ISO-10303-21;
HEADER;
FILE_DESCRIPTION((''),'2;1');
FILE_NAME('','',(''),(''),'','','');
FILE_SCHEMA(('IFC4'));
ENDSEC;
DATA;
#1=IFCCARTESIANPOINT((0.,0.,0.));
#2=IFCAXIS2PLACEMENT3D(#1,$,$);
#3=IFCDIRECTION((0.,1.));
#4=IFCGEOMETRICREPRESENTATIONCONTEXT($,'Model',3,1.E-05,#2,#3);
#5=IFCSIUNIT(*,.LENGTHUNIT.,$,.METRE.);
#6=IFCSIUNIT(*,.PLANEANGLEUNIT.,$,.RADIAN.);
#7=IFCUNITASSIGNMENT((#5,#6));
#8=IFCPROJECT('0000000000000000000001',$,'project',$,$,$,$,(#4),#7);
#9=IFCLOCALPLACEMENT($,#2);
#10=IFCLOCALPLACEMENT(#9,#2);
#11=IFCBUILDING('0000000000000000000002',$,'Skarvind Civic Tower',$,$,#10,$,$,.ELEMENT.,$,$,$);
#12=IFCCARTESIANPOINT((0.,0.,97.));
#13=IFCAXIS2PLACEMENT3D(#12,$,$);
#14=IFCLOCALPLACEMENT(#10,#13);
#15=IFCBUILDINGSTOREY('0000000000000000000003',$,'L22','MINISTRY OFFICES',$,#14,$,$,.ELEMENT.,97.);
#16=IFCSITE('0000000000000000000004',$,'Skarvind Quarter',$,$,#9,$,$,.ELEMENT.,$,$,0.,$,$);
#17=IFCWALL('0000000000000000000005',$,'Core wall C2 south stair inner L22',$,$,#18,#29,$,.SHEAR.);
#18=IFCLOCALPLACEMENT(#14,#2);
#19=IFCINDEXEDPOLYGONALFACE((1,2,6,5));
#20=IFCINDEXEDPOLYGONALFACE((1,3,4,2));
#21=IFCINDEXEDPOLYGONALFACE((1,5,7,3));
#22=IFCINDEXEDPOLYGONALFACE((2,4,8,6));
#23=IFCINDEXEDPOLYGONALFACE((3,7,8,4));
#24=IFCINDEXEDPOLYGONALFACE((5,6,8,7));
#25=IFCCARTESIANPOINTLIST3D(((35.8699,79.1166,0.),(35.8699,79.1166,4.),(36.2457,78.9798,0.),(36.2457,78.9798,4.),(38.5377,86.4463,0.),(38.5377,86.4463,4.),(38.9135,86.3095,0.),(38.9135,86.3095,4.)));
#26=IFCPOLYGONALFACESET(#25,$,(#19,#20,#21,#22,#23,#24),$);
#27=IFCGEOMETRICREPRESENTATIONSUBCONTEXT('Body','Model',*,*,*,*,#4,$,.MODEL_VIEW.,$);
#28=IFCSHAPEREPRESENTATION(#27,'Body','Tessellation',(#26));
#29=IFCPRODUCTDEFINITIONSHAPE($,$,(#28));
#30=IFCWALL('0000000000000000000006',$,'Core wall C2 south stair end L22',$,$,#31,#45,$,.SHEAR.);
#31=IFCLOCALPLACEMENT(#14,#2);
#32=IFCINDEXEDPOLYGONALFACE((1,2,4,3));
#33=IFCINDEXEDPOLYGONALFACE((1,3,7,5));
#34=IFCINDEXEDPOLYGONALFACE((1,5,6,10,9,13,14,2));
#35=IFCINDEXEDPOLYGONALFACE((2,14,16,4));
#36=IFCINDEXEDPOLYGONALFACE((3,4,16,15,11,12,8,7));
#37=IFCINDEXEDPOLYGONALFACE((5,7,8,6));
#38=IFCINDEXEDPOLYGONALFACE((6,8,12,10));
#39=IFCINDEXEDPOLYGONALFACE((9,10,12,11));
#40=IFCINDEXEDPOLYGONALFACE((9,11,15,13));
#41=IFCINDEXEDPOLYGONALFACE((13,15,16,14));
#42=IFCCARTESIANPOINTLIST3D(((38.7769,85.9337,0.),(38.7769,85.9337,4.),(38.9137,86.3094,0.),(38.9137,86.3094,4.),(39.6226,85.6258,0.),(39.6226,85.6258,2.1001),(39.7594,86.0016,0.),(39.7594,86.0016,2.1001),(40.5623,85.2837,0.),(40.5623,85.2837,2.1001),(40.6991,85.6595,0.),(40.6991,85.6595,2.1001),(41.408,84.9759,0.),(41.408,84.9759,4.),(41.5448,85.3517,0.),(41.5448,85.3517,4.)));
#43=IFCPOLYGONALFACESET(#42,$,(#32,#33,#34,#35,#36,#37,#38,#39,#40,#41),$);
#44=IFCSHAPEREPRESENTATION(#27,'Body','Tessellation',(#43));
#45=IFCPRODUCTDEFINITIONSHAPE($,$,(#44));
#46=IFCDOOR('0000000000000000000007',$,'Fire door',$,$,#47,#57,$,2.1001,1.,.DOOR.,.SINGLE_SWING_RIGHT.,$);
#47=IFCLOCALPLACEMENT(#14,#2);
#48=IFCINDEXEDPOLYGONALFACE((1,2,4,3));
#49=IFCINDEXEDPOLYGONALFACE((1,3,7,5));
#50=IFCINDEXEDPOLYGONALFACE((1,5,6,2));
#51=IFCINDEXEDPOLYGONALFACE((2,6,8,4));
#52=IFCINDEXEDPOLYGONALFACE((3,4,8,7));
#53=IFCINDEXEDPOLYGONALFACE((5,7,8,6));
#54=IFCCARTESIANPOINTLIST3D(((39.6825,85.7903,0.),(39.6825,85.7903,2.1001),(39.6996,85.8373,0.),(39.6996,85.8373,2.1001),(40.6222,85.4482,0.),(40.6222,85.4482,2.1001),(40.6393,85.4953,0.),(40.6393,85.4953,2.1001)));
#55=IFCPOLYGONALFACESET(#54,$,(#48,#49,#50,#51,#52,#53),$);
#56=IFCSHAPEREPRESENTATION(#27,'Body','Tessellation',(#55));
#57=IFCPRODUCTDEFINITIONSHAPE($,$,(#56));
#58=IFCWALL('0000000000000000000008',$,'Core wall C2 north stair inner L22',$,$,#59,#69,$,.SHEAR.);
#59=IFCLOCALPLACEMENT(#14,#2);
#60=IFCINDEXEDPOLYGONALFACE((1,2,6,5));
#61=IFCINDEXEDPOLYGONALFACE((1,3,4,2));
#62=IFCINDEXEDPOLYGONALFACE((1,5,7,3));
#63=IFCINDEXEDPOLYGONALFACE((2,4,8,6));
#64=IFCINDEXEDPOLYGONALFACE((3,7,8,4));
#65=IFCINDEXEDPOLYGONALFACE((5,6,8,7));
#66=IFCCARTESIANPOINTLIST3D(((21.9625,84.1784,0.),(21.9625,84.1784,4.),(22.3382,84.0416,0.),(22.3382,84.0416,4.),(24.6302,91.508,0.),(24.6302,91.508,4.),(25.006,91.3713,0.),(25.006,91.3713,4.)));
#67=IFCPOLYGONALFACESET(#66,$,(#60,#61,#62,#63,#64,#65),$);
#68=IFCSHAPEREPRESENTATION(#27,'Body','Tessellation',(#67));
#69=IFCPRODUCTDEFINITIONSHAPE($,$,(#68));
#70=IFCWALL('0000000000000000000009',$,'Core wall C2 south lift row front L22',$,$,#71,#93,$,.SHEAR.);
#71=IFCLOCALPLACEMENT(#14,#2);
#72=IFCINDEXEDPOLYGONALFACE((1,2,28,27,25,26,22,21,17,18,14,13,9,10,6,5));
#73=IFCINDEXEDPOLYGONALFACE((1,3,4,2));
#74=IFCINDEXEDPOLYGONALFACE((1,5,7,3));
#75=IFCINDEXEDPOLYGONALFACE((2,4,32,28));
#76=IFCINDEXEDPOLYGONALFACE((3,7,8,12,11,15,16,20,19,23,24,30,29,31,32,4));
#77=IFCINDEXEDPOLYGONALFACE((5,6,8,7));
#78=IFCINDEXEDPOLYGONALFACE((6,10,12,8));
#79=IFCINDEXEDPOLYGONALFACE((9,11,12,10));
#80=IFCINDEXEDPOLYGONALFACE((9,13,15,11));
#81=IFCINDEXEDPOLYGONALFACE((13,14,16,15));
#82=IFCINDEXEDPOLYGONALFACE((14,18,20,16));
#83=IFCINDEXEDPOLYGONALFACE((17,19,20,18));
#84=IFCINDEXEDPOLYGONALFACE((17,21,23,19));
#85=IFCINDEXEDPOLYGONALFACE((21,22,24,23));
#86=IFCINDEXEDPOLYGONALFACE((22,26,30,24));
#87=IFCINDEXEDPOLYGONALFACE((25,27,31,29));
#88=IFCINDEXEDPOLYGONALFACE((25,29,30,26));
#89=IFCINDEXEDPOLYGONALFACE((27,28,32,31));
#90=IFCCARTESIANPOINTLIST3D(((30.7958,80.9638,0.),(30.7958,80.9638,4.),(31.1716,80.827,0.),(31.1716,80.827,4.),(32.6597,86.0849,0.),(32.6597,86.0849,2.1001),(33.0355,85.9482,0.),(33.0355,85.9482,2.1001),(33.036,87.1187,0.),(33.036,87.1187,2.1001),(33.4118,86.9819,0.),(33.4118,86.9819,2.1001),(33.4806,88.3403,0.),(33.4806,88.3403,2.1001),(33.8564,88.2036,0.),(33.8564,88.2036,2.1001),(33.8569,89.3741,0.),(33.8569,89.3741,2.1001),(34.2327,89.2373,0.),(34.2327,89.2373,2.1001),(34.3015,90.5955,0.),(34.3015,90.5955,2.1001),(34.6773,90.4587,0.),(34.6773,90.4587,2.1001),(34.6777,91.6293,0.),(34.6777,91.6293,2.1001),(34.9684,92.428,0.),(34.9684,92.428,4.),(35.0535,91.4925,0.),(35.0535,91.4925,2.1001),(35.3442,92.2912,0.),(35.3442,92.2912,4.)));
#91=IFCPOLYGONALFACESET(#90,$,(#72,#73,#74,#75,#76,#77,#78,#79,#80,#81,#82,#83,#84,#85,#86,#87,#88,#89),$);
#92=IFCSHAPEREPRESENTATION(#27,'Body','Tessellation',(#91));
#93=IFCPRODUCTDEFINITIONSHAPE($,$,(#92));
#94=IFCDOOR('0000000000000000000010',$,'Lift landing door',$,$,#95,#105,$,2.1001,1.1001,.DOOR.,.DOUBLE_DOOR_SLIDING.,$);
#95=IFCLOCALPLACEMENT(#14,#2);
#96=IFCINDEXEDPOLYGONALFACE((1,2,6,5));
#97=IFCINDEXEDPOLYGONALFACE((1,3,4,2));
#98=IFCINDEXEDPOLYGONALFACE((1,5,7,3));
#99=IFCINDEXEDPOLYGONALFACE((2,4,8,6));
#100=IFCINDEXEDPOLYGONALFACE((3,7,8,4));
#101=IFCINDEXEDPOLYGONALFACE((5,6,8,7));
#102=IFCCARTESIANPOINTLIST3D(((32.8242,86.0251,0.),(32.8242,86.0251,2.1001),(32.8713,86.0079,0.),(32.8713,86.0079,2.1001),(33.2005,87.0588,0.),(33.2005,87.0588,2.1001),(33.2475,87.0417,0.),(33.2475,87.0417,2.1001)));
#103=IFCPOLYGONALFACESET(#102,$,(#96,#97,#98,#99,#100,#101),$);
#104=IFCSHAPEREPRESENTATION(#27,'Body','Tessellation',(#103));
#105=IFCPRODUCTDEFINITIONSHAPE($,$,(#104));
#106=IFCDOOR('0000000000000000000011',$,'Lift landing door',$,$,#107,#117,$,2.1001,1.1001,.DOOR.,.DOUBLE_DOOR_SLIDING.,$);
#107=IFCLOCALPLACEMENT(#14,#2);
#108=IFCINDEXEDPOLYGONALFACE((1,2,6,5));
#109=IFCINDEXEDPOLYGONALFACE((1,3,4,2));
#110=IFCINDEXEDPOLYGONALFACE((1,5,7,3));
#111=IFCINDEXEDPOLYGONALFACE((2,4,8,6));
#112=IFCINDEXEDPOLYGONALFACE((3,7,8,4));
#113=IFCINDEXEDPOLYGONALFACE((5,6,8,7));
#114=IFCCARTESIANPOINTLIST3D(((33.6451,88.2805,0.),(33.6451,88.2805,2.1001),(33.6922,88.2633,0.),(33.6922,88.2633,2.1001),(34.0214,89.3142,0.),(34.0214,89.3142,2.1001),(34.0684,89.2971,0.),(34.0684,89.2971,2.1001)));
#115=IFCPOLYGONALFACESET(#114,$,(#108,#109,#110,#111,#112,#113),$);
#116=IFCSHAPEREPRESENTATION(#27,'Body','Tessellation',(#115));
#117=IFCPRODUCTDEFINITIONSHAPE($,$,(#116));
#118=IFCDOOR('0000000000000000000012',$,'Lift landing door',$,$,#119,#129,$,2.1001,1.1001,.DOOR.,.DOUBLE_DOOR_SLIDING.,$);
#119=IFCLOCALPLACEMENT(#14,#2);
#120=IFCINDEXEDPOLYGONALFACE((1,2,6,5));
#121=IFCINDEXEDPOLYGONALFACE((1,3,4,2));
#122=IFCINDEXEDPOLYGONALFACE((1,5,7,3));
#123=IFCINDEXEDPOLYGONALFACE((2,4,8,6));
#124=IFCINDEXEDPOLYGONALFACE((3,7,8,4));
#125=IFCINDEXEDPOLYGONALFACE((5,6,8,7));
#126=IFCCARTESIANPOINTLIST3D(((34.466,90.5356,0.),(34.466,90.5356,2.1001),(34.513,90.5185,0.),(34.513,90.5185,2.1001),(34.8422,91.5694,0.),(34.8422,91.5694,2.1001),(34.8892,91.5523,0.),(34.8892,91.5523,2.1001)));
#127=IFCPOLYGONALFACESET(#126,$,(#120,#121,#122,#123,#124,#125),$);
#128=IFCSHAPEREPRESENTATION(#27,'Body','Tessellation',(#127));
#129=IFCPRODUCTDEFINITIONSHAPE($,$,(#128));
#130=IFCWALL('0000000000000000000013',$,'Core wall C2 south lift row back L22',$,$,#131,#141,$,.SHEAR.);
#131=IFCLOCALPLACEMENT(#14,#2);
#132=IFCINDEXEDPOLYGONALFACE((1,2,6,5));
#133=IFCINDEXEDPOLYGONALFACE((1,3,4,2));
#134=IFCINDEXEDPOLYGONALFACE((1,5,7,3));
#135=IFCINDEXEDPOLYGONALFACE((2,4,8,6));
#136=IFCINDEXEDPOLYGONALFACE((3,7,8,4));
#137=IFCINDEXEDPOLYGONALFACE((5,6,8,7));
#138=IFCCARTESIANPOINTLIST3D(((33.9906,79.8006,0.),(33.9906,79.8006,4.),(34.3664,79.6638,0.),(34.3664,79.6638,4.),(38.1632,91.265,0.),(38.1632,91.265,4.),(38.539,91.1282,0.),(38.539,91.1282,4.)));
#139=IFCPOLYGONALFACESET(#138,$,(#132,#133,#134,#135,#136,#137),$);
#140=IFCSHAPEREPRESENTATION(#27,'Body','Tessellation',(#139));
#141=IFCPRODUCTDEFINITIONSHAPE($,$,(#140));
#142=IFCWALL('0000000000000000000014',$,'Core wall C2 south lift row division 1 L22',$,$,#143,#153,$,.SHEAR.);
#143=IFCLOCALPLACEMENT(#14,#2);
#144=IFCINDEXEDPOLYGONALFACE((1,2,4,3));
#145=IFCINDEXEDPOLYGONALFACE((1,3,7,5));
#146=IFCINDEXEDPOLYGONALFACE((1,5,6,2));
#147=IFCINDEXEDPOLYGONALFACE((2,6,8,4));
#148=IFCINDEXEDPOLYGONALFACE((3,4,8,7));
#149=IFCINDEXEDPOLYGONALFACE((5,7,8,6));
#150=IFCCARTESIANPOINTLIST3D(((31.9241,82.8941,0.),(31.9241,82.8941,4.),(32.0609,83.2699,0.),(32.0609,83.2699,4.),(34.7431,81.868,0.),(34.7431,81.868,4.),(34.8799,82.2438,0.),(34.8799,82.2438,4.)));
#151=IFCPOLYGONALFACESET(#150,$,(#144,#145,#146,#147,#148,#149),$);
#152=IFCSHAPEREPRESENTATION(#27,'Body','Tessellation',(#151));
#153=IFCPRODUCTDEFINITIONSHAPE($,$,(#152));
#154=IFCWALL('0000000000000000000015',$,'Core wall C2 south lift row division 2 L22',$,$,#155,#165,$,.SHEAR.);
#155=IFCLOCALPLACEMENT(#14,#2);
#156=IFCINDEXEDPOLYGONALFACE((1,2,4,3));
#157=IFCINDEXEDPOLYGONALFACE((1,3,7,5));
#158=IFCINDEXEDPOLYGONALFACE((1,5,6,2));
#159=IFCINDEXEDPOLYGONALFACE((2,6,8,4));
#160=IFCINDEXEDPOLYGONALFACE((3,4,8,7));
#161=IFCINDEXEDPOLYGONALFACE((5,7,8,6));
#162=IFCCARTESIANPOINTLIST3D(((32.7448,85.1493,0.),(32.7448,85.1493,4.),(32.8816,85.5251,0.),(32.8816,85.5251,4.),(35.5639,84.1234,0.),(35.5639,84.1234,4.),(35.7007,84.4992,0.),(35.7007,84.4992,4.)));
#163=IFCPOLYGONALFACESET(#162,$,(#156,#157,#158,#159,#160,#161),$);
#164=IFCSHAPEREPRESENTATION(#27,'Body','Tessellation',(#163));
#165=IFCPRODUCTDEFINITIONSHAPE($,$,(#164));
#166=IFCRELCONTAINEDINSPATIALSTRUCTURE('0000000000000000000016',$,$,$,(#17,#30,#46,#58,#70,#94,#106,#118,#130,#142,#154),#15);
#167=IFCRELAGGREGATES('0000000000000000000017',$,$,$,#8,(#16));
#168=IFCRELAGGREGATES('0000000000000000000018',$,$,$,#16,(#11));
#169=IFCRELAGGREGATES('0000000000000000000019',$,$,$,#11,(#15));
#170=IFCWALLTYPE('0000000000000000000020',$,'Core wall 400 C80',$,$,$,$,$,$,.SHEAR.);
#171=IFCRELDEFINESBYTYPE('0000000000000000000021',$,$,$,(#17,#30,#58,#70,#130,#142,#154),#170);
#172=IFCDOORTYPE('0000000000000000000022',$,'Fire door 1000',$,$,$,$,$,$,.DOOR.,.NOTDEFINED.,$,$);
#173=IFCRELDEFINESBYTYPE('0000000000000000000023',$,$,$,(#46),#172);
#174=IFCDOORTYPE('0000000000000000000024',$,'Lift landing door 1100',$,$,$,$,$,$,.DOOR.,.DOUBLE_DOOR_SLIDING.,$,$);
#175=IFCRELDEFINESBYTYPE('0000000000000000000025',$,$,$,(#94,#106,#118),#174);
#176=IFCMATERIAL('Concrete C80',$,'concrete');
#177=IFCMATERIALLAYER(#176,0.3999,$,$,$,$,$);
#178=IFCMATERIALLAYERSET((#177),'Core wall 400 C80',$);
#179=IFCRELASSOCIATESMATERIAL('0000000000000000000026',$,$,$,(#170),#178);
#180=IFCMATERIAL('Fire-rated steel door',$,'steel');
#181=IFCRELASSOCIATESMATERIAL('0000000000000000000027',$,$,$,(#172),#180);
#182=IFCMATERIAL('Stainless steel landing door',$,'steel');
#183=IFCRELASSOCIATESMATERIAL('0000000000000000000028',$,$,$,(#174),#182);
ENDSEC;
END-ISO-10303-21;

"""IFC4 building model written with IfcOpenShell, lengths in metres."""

from ifc_helpers import new_model, si_unit, direction, frame, frame_2d, origin, place, context, subcontext, project, spatial, rectangle, extrude, material, layer, layer_set, type_object, element, fill, save


model = new_model("IFC4")

# Units and contexts
model_context = context("Model", 3, precision=1e-05, world=origin(), true_north=direction((0.0, 1.0)))
body_context = subcontext(model_context, "Body", "Model", "MODEL_VIEW")
ifc_project = project(units=[si_unit("LENGTHUNIT", "METRE"), si_unit("PLANEANGLEUNIT", "RADIAN")], contexts=[model_context])

# Site, building, storey
site_placement = place(None, origin())
site = spatial("IfcSite", under=ifc_project, at=site_placement, Name="Skarvind Quarter", CompositionType="ELEMENT", RefElevation=0.0)
building_placement = place(site_placement, origin())
building = spatial("IfcBuilding", under=site, at=building_placement, Name="Skarvind Civic Tower", CompositionType="ELEMENT")
storey_placement = place(building_placement, frame((0.0, 0.0, 97.0)))
storey = spatial("IfcBuildingStorey", under=building, at=storey_placement, Name="L22", Description="MINISTRY OFFICES", CompositionType="ELEMENT", Elevation=97.0)

# Wall
ifc_material_1 = material(Name="Concrete C80", Category="concrete")
ifc_layer_1 = layer(ifc_material_1, 0.3999)
ifc_layer_set_1 = layer_set([ifc_layer_1], Name="Core wall 400 C80")
wall_type_1 = type_object("IfcWallType", Name="Core wall 400 C80", PredefinedType="SHEAR", material=ifc_layer_set_1)
wall_1_placement = place(storey_placement, frame((36.0579, 79.0483, 0.0), z_axis=(0.0, 0.0, 1.0), x_axis=(0.342017, 0.939694, 0.0)))
element("IfcWall", 1, at=wall_1_placement, inside=storey, type_object=wall_type_1, Name="Core wall C2 south stair inner L22", PredefinedType="SHEAR", context=body_context, shape_type="SweptSolid", body=[
    extrude(rectangle(XDim=7.8, YDim=0.3999, at=frame_2d((3.8999, 0.0))), origin(), (0.0, 0.0, 1.0), 4.0),
])

# Wall, opening, door
wall_2_placement = place(storey_placement, frame((41.4763, 85.1638, 0.0), z_axis=(0.0, 0.0, 1.0), x_axis=(-0.939679, 0.342058, 0.0)))
wall_2 = element("IfcWall", 2, at=wall_2_placement, inside=storey, type_object=wall_type_1, Name="Core wall C2 south stair end L22", PredefinedType="SHEAR", context=body_context, shape_type="SweptSolid", body=[
    extrude(rectangle(XDim=2.8, YDim=0.3999, at=frame_2d((1.3999, 0.0))), origin(), (0.0, 0.0, 1.0), 4.0),
])
opening_1_placement = place(wall_2_placement, frame((0.8999, 0.0, 0.0)))
opening_1 = element("IfcOpeningElement", 3, at=opening_1_placement, cuts=wall_2, PredefinedType="OPENING", context=body_context, shape_type="SweptSolid", body=[
    extrude(rectangle(XDim=1.0, YDim=2.1001, at=frame_2d((0.5, 1.05))), frame((0.0, 0.21, 0.0), z_axis=(0.0, -1.0, 0.0), x_axis=(1.0, 0.0, 0.0)), (0.0, 0.0, 1.0), 0.4199),
])
ifc_material_2 = material(Name="Fire-rated steel door", Category="steel")
door_type_1 = type_object("IfcDoorType", Name="Fire door 1000", OperationType="NOTDEFINED", PredefinedType="DOOR", material=ifc_material_2)
door_1_placement = place(opening_1_placement, origin())
door_1 = element("IfcDoor", 4, at=door_1_placement, inside=storey, type_object=door_type_1, Name="Fire door", OperationType="SINGLE_SWING_RIGHT", OverallHeight=2.1001, OverallWidth=1.0, PredefinedType="DOOR", context=body_context, shape_type="SweptSolid", body=[
    extrude(rectangle(XDim=1.0, YDim=2.1001, at=frame_2d((0.5, 1.05))), frame((0.0, 0.0249, 0.0), z_axis=(0.0, -1.0, 0.0), x_axis=(1.0, 0.0, 0.0)), (0.0, 0.0, 1.0), 0.05),
])
fill(opening_1, door_1)

# Wall
wall_3_placement = place(storey_placement, frame((22.1504, 84.1101, 0.0), z_axis=(0.0, 0.0, 1.0), x_axis=(0.342017, 0.939694, 0.0)))
element("IfcWall", 5, at=wall_3_placement, inside=storey, type_object=wall_type_1, Name="Core wall C2 north stair inner L22", PredefinedType="SHEAR", context=body_context, shape_type="SweptSolid", body=[
    extrude(rectangle(XDim=7.8, YDim=0.3999, at=frame_2d((3.8999, 0.0))), origin(), (0.0, 0.0, 1.0), 4.0),
])

# Wall, openings, doors
wall_4_placement = place(storey_placement, frame((30.9836, 80.8953, 0.0), z_axis=(0.0, 0.0, 1.0), x_axis=(0.342021, 0.939692, 0.0)))
wall_4 = element("IfcWall", 6, at=wall_4_placement, inside=storey, type_object=wall_type_1, Name="Core wall C2 south lift row front L22", PredefinedType="SHEAR", context=body_context, shape_type="SweptSolid", body=[
    extrude(rectangle(XDim=12.2, YDim=0.3999, at=frame_2d((6.1001, 0.0))), origin(), (0.0, 0.0, 1.0), 4.0),
])
opening_2_placement = place(wall_4_placement, frame((5.45, 0.0, 0.0)))
opening_2 = element("IfcOpeningElement", 7, at=opening_2_placement, cuts=wall_4, PredefinedType="OPENING", context=body_context, shape_type="SweptSolid", body=[
    extrude(rectangle(XDim=1.1001, YDim=2.1001, at=frame_2d((0.55, 1.05))), frame((0.0, 0.21, 0.0), z_axis=(0.0, -1.0, 0.0), x_axis=(1.0, 0.0, 0.0)), (0.0, 0.0, 1.0), 0.4199),
])
opening_3_placement = place(wall_4_placement, frame((7.8501, 0.0, 0.0)))
opening_3 = element("IfcOpeningElement", 8, at=opening_3_placement, cuts=wall_4, PredefinedType="OPENING", context=body_context, shape_type="SweptSolid", body=[
    extrude(rectangle(XDim=1.1001, YDim=2.1001, at=frame_2d((0.55, 1.05))), frame((0.0, 0.21, 0.0), z_axis=(0.0, -1.0, 0.0), x_axis=(1.0, 0.0, 0.0)), (0.0, 0.0, 1.0), 0.4199),
])
opening_4_placement = place(wall_4_placement, frame((10.25, 0.0, 0.0)))
opening_4 = element("IfcOpeningElement", 9, at=opening_4_placement, cuts=wall_4, PredefinedType="OPENING", context=body_context, shape_type="SweptSolid", body=[
    extrude(rectangle(XDim=1.1001, YDim=2.1001, at=frame_2d((0.55, 1.05))), frame((0.0, 0.21, 0.0), z_axis=(0.0, -1.0, 0.0), x_axis=(1.0, 0.0, 0.0)), (0.0, 0.0, 1.0), 0.4199),
])
ifc_material_3 = material(Name="Stainless steel landing door", Category="steel")
door_type_2 = type_object("IfcDoorType", Name="Lift landing door 1100", OperationType="DOUBLE_DOOR_SLIDING", PredefinedType="DOOR", material=ifc_material_3)
door_2_placement = place(opening_2_placement, origin())
door_2 = element("IfcDoor", 10, at=door_2_placement, inside=storey, type_object=door_type_2, Name="Lift landing door", OperationType="DOUBLE_DOOR_SLIDING", OverallHeight=2.1001, OverallWidth=1.1001, PredefinedType="DOOR", context=body_context, shape_type="SweptSolid", body=[
    extrude(rectangle(XDim=1.1001, YDim=2.1001, at=frame_2d((0.55, 1.05))), frame((0.0, 0.0249, 0.0), z_axis=(0.0, -1.0, 0.0), x_axis=(1.0, 0.0, 0.0)), (0.0, 0.0, 1.0), 0.05),
])
fill(opening_2, door_2)
door_3_placement = place(opening_3_placement, origin())
door_3 = element("IfcDoor", 11, at=door_3_placement, inside=storey, type_object=door_type_2, Name="Lift landing door", OperationType="DOUBLE_DOOR_SLIDING", OverallHeight=2.1001, OverallWidth=1.1001, PredefinedType="DOOR", context=body_context, shape_type="SweptSolid", body=[
    extrude(rectangle(XDim=1.1001, YDim=2.1001, at=frame_2d((0.55, 1.05))), frame((0.0, 0.0249, 0.0), z_axis=(0.0, -1.0, 0.0), x_axis=(1.0, 0.0, 0.0)), (0.0, 0.0, 1.0), 0.05),
])
fill(opening_3, door_3)
door_4_placement = place(opening_4_placement, origin())
door_4 = element("IfcDoor", 12, at=door_4_placement, inside=storey, type_object=door_type_2, Name="Lift landing door", OperationType="DOUBLE_DOOR_SLIDING", OverallHeight=2.1001, OverallWidth=1.1001, PredefinedType="DOOR", context=body_context, shape_type="SweptSolid", body=[
    extrude(rectangle(XDim=1.1001, YDim=2.1001, at=frame_2d((0.55, 1.05))), frame((0.0, 0.0249, 0.0), z_axis=(0.0, -1.0, 0.0), x_axis=(1.0, 0.0, 0.0)), (0.0, 0.0, 1.0), 0.05),
])
fill(opening_4, door_4)

# Walls
wall_5_placement = place(storey_placement, frame((34.1785, 79.7322, 0.0), z_axis=(0.0, 0.0, 1.0), x_axis=(0.342015, 0.939695, 0.0)))
element("IfcWall", 13, at=wall_5_placement, inside=storey, type_object=wall_type_1, Name="Core wall C2 south lift row back L22", PredefinedType="SHEAR", context=body_context, shape_type="SweptSolid", body=[
    extrude(rectangle(XDim=12.2002, YDim=0.3999, at=frame_2d((6.1001, 0.0))), origin(), (0.0, 0.0, 1.0), 4.0),
])
for number, where, z_axis, x_axis, name in (
    (14, (34.8115, 82.0559, 0.0), (0.0, 0.0, 1.0), (-0.939686, 0.342037, 0.0), "Core wall C2 south lift row division 1 L22"),
    (15, (35.6323, 84.3113, 0.0), (0.0, 0.0, 1.0), (-0.939713, 0.341965, 0.0), "Core wall C2 south lift row division 2 L22"),
):
    element("IfcWall", number, at=place(storey_placement, frame(where, z_axis=z_axis, x_axis=x_axis)), inside=storey, type_object=wall_type_1, Name=name, PredefinedType="SHEAR", context=body_context, shape_type="SweptSolid", body=[
        extrude(rectangle(XDim=3.0, YDim=0.3999, at=frame_2d((1.5, 0.0))), origin(), (0.0, 0.0, 1.0), 4.0),
    ])

save(model, "model.ifc")
